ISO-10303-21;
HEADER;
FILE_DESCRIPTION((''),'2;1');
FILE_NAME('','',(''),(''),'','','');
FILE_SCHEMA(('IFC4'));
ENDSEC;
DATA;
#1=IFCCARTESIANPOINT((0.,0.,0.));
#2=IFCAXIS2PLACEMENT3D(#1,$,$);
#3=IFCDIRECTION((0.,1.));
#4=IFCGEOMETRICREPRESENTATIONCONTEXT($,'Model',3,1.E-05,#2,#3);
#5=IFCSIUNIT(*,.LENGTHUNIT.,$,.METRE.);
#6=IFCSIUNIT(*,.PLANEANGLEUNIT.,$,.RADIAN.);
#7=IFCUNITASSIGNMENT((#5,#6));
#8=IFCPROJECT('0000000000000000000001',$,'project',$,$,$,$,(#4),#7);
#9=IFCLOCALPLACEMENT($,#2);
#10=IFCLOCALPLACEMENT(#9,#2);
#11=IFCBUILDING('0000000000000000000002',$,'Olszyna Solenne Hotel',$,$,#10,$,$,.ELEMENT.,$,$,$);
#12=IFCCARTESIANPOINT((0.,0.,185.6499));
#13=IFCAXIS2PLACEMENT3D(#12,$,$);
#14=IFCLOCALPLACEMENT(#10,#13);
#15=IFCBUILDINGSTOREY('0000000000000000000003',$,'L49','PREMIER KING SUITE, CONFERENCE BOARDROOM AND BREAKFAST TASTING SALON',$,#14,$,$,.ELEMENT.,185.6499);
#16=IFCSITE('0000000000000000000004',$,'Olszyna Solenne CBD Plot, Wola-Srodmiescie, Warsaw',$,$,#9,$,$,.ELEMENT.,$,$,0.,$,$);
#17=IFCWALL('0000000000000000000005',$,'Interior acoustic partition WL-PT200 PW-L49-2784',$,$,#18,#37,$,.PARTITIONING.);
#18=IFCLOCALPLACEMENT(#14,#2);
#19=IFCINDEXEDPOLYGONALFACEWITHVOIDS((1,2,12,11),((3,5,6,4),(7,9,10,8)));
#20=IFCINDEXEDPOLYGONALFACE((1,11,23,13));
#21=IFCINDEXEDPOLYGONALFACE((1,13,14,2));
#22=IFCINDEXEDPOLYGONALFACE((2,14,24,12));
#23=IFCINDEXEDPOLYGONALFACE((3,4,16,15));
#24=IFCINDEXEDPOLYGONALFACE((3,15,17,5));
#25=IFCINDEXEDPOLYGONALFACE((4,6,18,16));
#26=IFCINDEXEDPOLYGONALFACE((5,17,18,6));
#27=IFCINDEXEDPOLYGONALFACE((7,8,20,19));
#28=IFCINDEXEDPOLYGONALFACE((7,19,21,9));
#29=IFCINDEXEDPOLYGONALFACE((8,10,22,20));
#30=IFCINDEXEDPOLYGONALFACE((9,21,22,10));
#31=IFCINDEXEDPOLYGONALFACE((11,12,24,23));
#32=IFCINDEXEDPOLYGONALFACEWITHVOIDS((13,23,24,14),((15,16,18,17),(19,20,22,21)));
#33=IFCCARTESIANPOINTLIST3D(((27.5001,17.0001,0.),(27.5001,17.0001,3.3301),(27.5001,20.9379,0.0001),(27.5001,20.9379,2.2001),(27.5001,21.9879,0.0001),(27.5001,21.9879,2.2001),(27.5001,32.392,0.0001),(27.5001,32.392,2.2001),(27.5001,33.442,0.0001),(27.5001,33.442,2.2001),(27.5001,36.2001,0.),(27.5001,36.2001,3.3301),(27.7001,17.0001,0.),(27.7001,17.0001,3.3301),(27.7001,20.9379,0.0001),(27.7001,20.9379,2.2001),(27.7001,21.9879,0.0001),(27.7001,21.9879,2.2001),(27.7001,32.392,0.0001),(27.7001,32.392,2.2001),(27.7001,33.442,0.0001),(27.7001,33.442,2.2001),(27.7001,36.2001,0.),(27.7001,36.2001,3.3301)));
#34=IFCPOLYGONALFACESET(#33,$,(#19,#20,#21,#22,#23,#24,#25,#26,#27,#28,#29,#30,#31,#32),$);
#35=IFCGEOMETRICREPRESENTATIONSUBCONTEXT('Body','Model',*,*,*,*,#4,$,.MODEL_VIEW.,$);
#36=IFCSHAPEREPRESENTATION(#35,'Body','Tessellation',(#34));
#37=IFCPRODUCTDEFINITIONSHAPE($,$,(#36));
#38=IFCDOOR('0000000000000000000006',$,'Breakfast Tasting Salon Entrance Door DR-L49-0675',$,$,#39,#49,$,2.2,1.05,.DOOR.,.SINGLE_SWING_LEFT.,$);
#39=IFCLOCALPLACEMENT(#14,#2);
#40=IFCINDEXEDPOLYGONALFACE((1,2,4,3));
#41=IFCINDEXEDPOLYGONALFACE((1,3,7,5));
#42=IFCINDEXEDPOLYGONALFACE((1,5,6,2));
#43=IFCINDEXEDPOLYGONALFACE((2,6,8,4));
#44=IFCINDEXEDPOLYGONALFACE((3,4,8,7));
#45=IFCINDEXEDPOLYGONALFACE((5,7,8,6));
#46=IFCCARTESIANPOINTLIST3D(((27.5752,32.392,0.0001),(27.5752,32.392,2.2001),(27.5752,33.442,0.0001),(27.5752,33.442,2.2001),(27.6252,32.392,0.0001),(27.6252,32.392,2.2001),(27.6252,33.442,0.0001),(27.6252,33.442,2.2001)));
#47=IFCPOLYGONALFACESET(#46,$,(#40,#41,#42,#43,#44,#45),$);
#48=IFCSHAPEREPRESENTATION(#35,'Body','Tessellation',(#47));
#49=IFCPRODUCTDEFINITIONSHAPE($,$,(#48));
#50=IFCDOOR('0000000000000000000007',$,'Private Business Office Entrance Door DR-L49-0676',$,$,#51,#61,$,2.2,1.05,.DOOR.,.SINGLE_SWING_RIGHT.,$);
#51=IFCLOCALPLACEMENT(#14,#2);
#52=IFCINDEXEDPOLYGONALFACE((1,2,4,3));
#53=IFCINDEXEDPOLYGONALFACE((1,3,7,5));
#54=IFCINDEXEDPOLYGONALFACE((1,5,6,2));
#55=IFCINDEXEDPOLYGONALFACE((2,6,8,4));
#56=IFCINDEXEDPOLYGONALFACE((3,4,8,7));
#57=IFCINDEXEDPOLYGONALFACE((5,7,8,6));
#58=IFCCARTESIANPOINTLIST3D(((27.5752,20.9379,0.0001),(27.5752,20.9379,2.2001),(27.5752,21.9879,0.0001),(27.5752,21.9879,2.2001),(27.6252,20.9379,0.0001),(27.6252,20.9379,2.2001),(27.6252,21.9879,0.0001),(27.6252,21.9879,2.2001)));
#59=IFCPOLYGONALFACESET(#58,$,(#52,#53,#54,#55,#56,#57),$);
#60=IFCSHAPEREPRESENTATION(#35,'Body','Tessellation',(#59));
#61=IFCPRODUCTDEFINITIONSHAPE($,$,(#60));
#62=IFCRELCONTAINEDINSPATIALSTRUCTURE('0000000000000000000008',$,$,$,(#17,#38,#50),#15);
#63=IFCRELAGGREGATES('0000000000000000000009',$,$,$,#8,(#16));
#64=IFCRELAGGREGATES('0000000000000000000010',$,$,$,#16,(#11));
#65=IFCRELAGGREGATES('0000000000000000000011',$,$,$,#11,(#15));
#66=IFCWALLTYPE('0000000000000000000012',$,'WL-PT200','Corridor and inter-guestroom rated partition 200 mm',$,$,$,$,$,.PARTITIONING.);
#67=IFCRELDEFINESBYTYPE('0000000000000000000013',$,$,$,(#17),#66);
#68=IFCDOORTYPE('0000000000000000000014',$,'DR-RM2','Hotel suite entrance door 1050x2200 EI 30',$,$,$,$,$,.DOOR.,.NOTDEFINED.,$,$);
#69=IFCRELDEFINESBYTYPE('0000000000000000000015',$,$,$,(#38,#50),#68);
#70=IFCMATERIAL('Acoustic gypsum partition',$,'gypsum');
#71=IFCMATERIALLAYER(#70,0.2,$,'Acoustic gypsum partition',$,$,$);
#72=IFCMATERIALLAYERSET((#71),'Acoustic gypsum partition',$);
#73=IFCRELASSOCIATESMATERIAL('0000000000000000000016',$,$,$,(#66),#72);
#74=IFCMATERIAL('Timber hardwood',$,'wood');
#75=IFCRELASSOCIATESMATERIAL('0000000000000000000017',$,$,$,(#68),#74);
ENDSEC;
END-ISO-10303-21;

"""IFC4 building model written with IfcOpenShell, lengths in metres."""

from ifc_helpers import new_model, si_unit, direction, frame, frame_2d, origin, place, context, subcontext, project, spatial, rectangle, extrude, source, transform, mapped, material, layer, layer_set, type_object, type_shapes, element, fill, save


model = new_model("IFC4")

# Units and contexts
model_context = context("Model", 3, precision=1e-05, world=origin(), true_north=direction((0.0, 1.0)))
body_context = subcontext(model_context, "Body", "Model", "MODEL_VIEW")
ifc_project = project(units=[si_unit("LENGTHUNIT", "METRE"), si_unit("PLANEANGLEUNIT", "RADIAN")], contexts=[model_context])

# Site, building, storey
site_placement = place(None, origin())
site = spatial("IfcSite", under=ifc_project, at=site_placement, Name="Olszyna Solenne CBD Plot, Wola-Srodmiescie, Warsaw", CompositionType="ELEMENT", RefElevation=0.0)
building_placement = place(site_placement, origin())
building = spatial("IfcBuilding", under=site, at=building_placement, Name="Olszyna Solenne Hotel", CompositionType="ELEMENT")
storey_placement = place(building_placement, frame((0.0, 0.0, 185.6499)))
storey = spatial("IfcBuildingStorey", under=building, at=storey_placement, Name="L49", Description="PREMIER KING SUITE, CONFERENCE BOARDROOM AND BREAKFAST TASTING SALON", CompositionType="ELEMENT", Elevation=185.6499)

# Shared definitions
ifc_material_1 = material(Name="Acoustic gypsum partition", Category="gypsum")

# Shared definitions
ifc_material_2 = material(Name="Timber hardwood", Category="wood")

# Wall, openings, doors
ifc_layer_1 = layer(ifc_material_1, 0.2, Name="Acoustic gypsum partition")
ifc_layer_set_1 = layer_set([ifc_layer_1], Name="Acoustic gypsum partition")
wall_type_1 = type_object("IfcWallType", Name="WL-PT200", Description="Corridor and inter-guestroom rated partition 200 mm", PredefinedType="PARTITIONING", material=ifc_layer_set_1)
door_type_1 = type_object("IfcDoorType", Name="DR-RM2", Description="Hotel suite entrance door 1050x2200 EI 30", OperationType="NOTDEFINED", PredefinedType="DOOR", material=ifc_material_2)
shared_shape_1 = source(origin(), body_context, "Body", "SweptSolid", [
    extrude(rectangle(XDim=1.05, YDim=2.2, at=frame_2d((0.5249, 1.1001))), frame((0.0, 0.0249, 0.0), z_axis=(0.0, -1.0, 0.0), x_axis=(1.0, 0.0, 0.0)), (0.0, 0.0, 1.0), 0.05),
])
type_shapes(door_type_1, [shared_shape_1])
wall_1_placement = place(storey_placement, frame((27.6001, 17.0, 0.0), z_axis=(0.0, 0.0, 1.0), x_axis=(0.0, 1.0, 0.0)))
wall_1 = element("IfcWall", 1, at=wall_1_placement, inside=storey, type_object=wall_type_1, Name="Interior acoustic partition WL-PT200 PW-L49-2784", PredefinedType="PARTITIONING", context=body_context, shape_type="SweptSolid", body=[
    extrude(rectangle(XDim=19.2, YDim=0.2, at=frame_2d((9.6001, 0.0))), origin(), (0.0, 0.0, 1.0), 3.3301),
])
opening_1_placement = place(wall_1_placement, frame((15.3921, 0.0, 0.0)))
opening_1 = element("IfcOpeningElement", 2, at=opening_1_placement, cuts=wall_1, PredefinedType="OPENING", context=body_context, shape_type="SweptSolid", body=[
    extrude(rectangle(XDim=1.05, YDim=2.2, at=frame_2d((0.5249, 1.1001))), frame((0.0, 0.1099, 0.0), z_axis=(0.0, -1.0, 0.0), x_axis=(1.0, 0.0, 0.0)), (0.0, 0.0, 1.0), 0.22),
])
opening_2_placement = place(wall_1_placement, frame((3.938, 0.0, 0.0)))
opening_2 = element("IfcOpeningElement", 3, at=opening_2_placement, cuts=wall_1, PredefinedType="OPENING", context=body_context, shape_type="SweptSolid", body=[
    extrude(rectangle(XDim=1.05, YDim=2.2, at=frame_2d((0.5249, 1.1001))), frame((0.0, 0.1099, 0.0), z_axis=(0.0, -1.0, 0.0), x_axis=(1.0, 0.0, 0.0)), (0.0, 0.0, 1.0), 0.22),
])
door_1_placement = place(opening_1_placement, origin())
door_1 = element("IfcDoor", 4, at=door_1_placement, inside=storey, type_object=door_type_1, Name="Breakfast Tasting Salon Entrance Door DR-L49-0675", OperationType="SINGLE_SWING_LEFT", OverallHeight=2.2, OverallWidth=1.05, PredefinedType="DOOR", context=body_context, shape_type="MappedRepresentation", body=[
    mapped(shared_shape_1, transform((0.0, 0.0, 0.0), x_axis=(1.0, 0.0, 0.0), y_axis=(0.0, 1.0, 0.0), z_axis=(0.0, 0.0, 1.0), scale=1.0)),
])
fill(opening_1, door_1)
door_2_placement = place(opening_2_placement, origin())
door_2 = element("IfcDoor", 5, at=door_2_placement, inside=storey, type_object=door_type_1, Name="Private Business Office Entrance Door DR-L49-0676", OperationType="SINGLE_SWING_RIGHT", OverallHeight=2.2, OverallWidth=1.05, PredefinedType="DOOR", context=body_context, shape_type="MappedRepresentation", body=[
    mapped(shared_shape_1, transform((0.0, 0.0, 0.0), x_axis=(1.0, 0.0, 0.0), y_axis=(0.0, 1.0, 0.0), z_axis=(0.0, 0.0, 1.0), scale=1.0)),
])
fill(opening_2, door_2)

save(model, "model.ifc")
